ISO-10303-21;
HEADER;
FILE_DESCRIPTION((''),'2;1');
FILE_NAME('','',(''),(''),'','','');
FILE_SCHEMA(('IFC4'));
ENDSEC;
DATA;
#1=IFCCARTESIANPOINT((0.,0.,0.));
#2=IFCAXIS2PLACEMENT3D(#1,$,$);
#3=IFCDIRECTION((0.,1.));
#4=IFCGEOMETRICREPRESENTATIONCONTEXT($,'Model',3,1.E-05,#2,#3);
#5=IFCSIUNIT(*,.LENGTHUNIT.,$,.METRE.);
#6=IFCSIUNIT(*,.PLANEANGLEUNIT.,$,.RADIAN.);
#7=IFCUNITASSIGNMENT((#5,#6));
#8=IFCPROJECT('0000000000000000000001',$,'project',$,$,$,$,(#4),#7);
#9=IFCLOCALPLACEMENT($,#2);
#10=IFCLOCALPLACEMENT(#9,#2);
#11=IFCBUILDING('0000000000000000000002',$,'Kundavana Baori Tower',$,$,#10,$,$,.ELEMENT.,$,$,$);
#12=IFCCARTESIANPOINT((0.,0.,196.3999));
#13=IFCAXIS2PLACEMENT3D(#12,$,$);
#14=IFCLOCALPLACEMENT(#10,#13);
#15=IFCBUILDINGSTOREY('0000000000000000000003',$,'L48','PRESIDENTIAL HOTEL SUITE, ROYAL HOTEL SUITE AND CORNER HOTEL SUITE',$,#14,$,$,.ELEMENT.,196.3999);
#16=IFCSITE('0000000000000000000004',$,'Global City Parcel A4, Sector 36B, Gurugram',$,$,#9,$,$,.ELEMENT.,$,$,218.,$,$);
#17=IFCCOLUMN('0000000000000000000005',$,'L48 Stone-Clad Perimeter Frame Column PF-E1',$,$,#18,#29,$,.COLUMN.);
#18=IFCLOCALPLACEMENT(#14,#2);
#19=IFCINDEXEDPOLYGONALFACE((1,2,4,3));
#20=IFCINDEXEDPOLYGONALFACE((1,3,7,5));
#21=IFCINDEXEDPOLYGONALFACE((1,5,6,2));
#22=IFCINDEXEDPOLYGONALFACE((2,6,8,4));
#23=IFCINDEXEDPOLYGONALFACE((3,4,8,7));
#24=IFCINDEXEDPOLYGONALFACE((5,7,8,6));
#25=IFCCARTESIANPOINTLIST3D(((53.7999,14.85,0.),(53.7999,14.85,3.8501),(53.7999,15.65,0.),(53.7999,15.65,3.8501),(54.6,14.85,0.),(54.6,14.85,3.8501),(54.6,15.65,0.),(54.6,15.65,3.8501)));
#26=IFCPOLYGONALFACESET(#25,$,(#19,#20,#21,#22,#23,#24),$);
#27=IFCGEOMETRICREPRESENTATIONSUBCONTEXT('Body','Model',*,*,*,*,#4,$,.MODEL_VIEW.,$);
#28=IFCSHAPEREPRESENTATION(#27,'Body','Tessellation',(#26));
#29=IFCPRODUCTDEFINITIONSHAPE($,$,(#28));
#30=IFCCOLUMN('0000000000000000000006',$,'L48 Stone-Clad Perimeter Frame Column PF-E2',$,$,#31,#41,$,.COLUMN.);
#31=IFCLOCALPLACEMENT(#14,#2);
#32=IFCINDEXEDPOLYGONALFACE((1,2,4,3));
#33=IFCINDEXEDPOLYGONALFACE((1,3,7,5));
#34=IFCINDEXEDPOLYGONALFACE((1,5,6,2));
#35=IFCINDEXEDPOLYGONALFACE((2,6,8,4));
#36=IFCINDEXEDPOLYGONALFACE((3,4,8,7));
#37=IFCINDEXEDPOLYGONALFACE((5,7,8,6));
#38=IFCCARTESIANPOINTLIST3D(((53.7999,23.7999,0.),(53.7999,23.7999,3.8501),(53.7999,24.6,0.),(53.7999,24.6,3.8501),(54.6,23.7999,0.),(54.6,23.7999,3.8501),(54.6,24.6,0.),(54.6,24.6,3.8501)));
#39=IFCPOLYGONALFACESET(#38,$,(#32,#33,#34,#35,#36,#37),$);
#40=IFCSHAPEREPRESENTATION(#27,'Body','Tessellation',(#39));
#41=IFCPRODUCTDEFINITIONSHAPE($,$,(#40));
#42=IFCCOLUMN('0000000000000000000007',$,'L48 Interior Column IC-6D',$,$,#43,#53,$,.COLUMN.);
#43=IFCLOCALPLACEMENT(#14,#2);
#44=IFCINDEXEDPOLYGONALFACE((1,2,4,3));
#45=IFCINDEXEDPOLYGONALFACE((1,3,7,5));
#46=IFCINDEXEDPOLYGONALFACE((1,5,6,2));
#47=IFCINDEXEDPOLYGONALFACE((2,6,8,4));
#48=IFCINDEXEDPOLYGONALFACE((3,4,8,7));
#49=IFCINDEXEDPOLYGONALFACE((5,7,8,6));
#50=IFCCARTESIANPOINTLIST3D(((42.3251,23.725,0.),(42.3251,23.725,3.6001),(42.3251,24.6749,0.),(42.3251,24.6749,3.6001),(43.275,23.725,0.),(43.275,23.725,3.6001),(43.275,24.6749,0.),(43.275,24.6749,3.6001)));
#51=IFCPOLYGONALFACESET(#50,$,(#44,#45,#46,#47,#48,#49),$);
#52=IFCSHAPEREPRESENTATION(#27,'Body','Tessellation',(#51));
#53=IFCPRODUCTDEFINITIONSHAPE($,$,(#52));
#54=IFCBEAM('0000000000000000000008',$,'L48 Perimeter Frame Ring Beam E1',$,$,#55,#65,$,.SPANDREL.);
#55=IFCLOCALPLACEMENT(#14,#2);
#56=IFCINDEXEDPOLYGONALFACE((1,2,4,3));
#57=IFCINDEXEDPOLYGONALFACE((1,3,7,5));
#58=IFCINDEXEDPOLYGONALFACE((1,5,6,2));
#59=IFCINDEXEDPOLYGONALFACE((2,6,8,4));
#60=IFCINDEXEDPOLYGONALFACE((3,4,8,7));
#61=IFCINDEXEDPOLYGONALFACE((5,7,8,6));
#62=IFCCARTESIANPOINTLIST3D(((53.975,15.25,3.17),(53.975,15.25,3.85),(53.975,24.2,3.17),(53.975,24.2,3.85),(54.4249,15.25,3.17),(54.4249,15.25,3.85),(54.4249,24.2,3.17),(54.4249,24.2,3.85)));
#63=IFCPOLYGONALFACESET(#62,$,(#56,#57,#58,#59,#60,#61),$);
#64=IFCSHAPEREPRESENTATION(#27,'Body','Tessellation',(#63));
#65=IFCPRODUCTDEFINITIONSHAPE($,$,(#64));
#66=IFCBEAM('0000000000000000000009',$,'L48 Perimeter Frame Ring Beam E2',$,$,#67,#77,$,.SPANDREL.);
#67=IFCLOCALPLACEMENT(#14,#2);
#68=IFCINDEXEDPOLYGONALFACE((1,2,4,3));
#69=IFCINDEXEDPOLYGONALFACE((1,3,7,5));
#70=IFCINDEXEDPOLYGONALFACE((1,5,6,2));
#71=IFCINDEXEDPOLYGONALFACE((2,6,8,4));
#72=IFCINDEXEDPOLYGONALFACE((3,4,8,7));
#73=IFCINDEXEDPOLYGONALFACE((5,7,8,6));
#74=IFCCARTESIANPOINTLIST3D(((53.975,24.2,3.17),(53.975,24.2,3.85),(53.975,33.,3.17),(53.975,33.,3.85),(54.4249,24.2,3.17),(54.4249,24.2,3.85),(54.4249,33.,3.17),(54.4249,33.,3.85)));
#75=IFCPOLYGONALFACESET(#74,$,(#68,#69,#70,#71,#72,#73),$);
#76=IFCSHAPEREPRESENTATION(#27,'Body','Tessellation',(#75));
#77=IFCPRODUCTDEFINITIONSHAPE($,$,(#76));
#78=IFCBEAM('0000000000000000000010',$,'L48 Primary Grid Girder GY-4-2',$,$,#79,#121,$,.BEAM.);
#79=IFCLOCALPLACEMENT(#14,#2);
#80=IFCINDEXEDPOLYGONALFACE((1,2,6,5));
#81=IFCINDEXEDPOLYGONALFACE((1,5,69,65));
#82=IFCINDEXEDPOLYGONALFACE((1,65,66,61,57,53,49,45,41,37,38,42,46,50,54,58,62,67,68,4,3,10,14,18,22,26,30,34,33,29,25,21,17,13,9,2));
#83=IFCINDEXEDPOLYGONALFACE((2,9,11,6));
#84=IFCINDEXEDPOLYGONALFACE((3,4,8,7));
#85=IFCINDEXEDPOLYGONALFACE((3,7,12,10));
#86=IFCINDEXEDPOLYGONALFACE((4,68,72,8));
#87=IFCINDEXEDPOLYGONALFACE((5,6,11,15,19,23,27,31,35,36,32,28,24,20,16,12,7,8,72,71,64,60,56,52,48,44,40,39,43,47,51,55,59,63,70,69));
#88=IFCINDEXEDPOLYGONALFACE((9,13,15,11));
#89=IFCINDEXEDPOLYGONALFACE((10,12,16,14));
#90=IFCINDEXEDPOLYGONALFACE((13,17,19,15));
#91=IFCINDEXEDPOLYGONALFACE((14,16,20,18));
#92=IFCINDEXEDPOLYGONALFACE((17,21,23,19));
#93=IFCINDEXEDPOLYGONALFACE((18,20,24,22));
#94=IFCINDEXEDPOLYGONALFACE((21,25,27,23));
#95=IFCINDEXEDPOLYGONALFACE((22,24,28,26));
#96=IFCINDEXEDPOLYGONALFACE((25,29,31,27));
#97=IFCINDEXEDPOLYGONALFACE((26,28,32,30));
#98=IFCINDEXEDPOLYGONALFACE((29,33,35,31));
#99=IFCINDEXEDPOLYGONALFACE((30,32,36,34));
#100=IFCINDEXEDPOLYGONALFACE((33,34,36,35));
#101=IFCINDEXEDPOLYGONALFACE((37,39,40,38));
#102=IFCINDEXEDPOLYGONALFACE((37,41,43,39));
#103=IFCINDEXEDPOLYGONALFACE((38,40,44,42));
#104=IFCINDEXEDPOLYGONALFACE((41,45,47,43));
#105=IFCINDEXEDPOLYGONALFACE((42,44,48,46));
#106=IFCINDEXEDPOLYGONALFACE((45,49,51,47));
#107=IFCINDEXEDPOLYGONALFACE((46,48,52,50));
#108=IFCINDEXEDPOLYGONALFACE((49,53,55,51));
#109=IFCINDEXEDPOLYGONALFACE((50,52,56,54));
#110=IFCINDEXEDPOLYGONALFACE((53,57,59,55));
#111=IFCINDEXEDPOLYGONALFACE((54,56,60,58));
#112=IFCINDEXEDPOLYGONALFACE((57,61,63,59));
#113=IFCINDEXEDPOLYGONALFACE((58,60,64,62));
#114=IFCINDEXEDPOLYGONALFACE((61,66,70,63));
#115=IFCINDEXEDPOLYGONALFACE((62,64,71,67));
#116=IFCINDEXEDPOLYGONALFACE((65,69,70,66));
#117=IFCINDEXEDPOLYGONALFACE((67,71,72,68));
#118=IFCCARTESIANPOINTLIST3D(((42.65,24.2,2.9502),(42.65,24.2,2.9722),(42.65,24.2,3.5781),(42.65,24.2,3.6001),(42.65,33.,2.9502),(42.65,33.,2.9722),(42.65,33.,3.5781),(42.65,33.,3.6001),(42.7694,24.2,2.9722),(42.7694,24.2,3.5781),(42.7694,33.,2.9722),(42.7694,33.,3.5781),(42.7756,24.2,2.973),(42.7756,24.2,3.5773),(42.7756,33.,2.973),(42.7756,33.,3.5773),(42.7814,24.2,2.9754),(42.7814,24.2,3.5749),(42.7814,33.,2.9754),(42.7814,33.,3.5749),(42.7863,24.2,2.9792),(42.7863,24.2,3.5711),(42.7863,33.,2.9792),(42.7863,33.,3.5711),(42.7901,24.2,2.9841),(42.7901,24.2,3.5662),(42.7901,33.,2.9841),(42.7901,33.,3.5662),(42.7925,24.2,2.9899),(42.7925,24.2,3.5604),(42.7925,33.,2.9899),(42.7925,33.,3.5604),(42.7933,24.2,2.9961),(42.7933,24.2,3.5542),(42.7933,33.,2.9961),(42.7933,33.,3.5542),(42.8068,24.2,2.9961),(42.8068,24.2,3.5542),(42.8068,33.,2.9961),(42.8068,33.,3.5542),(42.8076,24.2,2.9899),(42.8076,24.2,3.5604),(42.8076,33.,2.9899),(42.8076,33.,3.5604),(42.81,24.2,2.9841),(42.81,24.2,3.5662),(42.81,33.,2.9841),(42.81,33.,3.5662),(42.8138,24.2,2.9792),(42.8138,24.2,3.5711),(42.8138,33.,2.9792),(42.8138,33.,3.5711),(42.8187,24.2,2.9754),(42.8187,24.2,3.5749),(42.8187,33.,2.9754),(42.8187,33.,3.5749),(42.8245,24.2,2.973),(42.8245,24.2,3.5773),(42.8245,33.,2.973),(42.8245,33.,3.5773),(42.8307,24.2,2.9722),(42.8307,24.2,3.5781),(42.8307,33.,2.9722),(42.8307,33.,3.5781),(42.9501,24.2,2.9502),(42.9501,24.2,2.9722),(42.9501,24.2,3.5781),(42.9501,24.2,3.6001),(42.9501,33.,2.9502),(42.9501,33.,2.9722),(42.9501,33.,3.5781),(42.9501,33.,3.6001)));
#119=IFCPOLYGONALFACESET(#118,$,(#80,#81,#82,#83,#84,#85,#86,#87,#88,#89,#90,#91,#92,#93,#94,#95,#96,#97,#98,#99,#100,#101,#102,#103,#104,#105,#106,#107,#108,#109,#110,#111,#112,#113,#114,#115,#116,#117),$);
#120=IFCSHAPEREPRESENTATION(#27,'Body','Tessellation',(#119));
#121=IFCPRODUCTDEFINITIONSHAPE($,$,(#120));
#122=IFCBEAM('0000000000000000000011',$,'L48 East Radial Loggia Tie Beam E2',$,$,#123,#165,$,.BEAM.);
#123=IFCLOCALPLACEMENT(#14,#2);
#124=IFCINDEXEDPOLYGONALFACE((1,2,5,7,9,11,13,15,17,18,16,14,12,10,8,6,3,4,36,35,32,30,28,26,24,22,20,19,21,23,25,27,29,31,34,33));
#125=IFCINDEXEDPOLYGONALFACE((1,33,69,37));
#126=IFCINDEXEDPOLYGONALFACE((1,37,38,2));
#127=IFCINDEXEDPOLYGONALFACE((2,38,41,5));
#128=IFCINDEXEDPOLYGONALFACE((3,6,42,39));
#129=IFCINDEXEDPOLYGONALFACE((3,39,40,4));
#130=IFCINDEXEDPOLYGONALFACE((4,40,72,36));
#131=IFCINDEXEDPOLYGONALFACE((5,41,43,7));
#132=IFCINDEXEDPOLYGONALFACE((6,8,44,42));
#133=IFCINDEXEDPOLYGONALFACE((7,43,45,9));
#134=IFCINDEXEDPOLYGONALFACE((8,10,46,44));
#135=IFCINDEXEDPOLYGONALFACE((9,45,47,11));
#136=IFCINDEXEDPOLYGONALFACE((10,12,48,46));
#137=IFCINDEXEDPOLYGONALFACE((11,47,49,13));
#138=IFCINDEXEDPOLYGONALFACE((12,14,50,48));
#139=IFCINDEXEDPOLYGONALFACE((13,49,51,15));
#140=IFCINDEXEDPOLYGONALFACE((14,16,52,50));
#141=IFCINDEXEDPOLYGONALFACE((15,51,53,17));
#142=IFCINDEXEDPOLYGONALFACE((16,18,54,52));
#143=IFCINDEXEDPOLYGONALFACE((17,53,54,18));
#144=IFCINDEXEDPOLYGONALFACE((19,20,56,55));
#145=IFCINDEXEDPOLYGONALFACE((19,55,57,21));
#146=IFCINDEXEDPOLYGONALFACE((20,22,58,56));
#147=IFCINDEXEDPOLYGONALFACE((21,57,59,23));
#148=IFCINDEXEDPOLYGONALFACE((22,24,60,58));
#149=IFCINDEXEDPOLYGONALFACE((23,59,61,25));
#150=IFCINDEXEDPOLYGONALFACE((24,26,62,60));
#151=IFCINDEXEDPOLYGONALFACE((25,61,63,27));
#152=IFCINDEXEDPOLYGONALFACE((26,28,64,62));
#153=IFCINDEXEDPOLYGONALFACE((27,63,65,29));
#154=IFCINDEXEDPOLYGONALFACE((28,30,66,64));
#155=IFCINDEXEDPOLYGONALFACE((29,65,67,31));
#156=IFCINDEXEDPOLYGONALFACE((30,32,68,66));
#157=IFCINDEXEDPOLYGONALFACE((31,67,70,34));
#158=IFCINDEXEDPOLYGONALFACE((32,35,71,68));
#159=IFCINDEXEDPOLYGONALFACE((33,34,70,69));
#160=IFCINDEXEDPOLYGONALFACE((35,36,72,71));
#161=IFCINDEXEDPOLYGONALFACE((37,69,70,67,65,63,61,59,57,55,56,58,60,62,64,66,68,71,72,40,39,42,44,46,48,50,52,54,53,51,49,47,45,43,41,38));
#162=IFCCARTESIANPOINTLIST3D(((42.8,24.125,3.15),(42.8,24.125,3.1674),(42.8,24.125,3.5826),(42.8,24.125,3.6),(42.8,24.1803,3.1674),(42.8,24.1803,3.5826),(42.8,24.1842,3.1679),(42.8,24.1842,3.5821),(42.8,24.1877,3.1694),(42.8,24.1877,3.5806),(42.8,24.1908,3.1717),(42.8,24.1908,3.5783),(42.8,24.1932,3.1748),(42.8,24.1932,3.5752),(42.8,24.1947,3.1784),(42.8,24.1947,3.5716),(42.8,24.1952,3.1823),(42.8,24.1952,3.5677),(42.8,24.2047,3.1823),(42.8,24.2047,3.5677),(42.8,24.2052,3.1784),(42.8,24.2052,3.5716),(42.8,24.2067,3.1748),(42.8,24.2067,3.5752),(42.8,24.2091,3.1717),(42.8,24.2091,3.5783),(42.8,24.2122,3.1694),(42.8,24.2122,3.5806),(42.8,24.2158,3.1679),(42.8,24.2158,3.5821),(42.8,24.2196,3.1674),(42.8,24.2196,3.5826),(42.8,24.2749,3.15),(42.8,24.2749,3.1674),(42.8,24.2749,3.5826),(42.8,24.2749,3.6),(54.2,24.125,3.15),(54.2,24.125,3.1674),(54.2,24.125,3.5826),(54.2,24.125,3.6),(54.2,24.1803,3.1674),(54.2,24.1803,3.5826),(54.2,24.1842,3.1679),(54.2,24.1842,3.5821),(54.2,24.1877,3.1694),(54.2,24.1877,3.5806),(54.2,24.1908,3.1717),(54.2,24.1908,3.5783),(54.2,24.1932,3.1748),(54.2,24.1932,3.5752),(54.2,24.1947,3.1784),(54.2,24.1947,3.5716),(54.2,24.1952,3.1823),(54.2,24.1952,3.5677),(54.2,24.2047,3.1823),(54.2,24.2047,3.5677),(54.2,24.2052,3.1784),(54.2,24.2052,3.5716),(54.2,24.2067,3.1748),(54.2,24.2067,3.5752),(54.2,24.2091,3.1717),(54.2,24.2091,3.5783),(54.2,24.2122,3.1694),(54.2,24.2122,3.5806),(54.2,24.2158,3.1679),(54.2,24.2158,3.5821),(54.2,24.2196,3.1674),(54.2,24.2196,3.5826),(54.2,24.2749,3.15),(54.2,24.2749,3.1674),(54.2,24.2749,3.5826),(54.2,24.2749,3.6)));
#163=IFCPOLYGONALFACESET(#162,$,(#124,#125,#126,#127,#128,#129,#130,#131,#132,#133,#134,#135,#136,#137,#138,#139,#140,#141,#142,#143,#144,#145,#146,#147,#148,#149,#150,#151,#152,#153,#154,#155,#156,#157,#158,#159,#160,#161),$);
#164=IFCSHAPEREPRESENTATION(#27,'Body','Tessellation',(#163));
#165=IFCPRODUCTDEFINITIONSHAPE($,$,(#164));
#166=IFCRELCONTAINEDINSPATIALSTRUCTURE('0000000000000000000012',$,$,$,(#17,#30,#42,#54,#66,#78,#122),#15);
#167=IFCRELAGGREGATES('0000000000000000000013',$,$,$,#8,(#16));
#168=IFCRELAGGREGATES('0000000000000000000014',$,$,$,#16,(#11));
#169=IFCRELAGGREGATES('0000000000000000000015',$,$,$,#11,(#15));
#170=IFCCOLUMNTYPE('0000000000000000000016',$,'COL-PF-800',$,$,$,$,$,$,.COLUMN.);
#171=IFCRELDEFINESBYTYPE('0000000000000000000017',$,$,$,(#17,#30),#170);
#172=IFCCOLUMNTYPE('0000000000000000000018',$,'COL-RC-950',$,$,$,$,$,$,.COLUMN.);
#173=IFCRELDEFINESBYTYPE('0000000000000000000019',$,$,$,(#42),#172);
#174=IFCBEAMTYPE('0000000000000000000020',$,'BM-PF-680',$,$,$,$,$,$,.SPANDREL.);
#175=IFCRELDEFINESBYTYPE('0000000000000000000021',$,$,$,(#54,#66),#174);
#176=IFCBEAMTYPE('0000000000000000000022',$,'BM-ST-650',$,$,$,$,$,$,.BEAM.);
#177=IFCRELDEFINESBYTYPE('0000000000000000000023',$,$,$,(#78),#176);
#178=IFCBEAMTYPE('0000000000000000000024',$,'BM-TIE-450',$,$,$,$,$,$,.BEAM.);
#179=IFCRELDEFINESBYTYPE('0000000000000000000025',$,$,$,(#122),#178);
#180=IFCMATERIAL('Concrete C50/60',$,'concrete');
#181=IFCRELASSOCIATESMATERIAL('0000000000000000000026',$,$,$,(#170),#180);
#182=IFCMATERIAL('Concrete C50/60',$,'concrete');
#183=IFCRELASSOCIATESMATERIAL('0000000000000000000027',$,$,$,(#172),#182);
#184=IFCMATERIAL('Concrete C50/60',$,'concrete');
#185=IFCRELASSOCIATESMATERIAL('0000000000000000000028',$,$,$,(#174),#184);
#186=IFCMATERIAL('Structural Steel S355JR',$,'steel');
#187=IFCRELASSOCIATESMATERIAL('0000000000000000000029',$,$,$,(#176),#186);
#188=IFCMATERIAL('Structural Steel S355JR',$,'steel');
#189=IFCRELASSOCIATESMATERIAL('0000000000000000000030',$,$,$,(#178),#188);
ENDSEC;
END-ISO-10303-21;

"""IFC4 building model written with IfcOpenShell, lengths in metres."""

from ifc_helpers import new_model, si_unit, direction, frame, origin, origin_2d, place, context, subcontext, project, spatial, rectangle, i_section, extrude, material, material_profile, profile_set, type_object, element, save


model = new_model("IFC4")

# Units and contexts
model_context = context("Model", 3, precision=1e-05, world=origin(), true_north=direction((0.0, 1.0)))
body_context = subcontext(model_context, "Body", "Model", "MODEL_VIEW")
ifc_project = project(units=[si_unit("LENGTHUNIT", "METRE"), si_unit("PLANEANGLEUNIT", "RADIAN")], contexts=[model_context])

# Site, building, storey
site_placement = place(None, origin())
site = spatial("IfcSite", under=ifc_project, at=site_placement, Name="Global City Parcel A4, Sector 36B, Gurugram", CompositionType="ELEMENT", RefElevation=218.0)
building_placement = place(site_placement, origin())
building = spatial("IfcBuilding", under=site, at=building_placement, Name="Kundavana Baori Tower", CompositionType="ELEMENT")
storey_placement = place(building_placement, frame((0.0, 0.0, 196.3999)))
storey = spatial("IfcBuildingStorey", under=building, at=storey_placement, Name="L48", Description="PRESIDENTIAL HOTEL SUITE, ROYAL HOTEL SUITE AND CORNER HOTEL SUITE", CompositionType="ELEMENT", Elevation=196.3999)

# Columns
ifc_material_1 = material(Name="Concrete C50/60", Category="concrete")
ifc_material_profile_1 = material_profile(ifc_material_1, rectangle(XDim=0.8, YDim=0.8, at=origin_2d()), Name="RC PF 800x800")
ifc_profile_set_1 = profile_set([ifc_material_profile_1], Name="Concrete C50/60")
column_type_1 = type_object("IfcColumnType", Name="COL-PF-800", PredefinedType="COLUMN", material=ifc_profile_set_1)
for number, where, z_axis, x_axis, name in (
    (1, (54.2, 15.25, 0.0), (0.0, 0.0, 1.0), (1.0, 0.0, 0.0), "L48 Stone-Clad Perimeter Frame Column PF-E1"),
    (2, (54.2, 24.2, 0.0), (0.0, 0.0, 1.0), (1.0, 0.0, 0.0), "L48 Stone-Clad Perimeter Frame Column PF-E2"),
):
    element("IfcColumn", number, at=place(storey_placement, frame(where, z_axis=z_axis, x_axis=x_axis)), inside=storey, type_object=column_type_1, Name=name, PredefinedType="COLUMN", context=body_context, shape_type="SweptSolid", body=[
        extrude(rectangle(XDim=0.8, YDim=0.8, at=origin_2d()), origin(), (0.0, 0.0, 1.0), 3.8501),
    ])
ifc_material_2 = material(Name="Concrete C50/60", Category="concrete")
ifc_material_profile_2 = material_profile(ifc_material_2, rectangle(XDim=0.95, YDim=0.95, at=origin_2d()), Name="RC 950x950")
ifc_profile_set_2 = profile_set([ifc_material_profile_2], Name="Concrete C50/60")
column_type_2 = type_object("IfcColumnType", Name="COL-RC-950", PredefinedType="COLUMN", material=ifc_profile_set_2)
column_placement = place(storey_placement, frame((42.8, 24.2, 0.0), z_axis=(0.0, 0.0, 1.0), x_axis=(1.0, 0.0, 0.0)))
element("IfcColumn", 3, at=column_placement, inside=storey, type_object=column_type_2, Name="L48 Interior Column IC-6D", PredefinedType="COLUMN", context=body_context, shape_type="SweptSolid", body=[
    extrude(rectangle(XDim=0.95, YDim=0.95, at=origin_2d()), origin(), (0.0, 0.0, 1.0), 3.6001),
])

# Beams
ifc_material_3 = material(Name="Concrete C50/60", Category="concrete")
ifc_material_profile_3 = material_profile(ifc_material_3, rectangle(XDim=0.45, YDim=0.6799, at=origin_2d()), Name="RC BM 450x680")
ifc_profile_set_3 = profile_set([ifc_material_profile_3], Name="Concrete C50/60")
beam_type_1 = type_object("IfcBeamType", Name="BM-PF-680", PredefinedType="SPANDREL", material=ifc_profile_set_3)
beam_1_placement = place(storey_placement, frame((54.2, 15.25, 3.51), z_axis=(0.0, 1.0, 0.0), x_axis=(-1.0, 0.0, 0.0)))
element("IfcBeam", 4, at=beam_1_placement, inside=storey, type_object=beam_type_1, Name="L48 Perimeter Frame Ring Beam E1", PredefinedType="SPANDREL", context=body_context, shape_type="SweptSolid", body=[
    extrude(rectangle(XDim=0.45, YDim=0.6799, at=origin_2d()), origin(), (0.0, 0.0, 1.0), 8.95),
])
beam_2_placement = place(storey_placement, frame((54.2, 24.2, 3.51), z_axis=(0.0, 1.0, 0.0), x_axis=(-1.0, 0.0, 0.0)))
element("IfcBeam", 5, at=beam_2_placement, inside=storey, type_object=beam_type_1, Name="L48 Perimeter Frame Ring Beam E2", PredefinedType="SPANDREL", context=body_context, shape_type="SweptSolid", body=[
    extrude(rectangle(XDim=0.45, YDim=0.6799, at=origin_2d()), origin(), (0.0, 0.0, 1.0), 8.8),
])
ifc_material_4 = material(Name="Structural Steel S355JR", Category="steel")
ifc_material_profile_4 = material_profile(ifc_material_4, i_section(OverallWidth=0.3, OverallDepth=0.6499, WebThickness=0.0134, FlangeThickness=0.022, FilletRadius=0.0239, at=origin_2d()), Name="NPB 650x300x155")
ifc_profile_set_4 = profile_set([ifc_material_profile_4], Name="Structural Steel S355JR")
beam_type_2 = type_object("IfcBeamType", Name="BM-ST-650", PredefinedType="BEAM", material=ifc_profile_set_4)
beam_3_placement = place(storey_placement, frame((42.8, 24.2, 3.2751), z_axis=(0.0, 1.0, 0.0), x_axis=(-1.0, 0.0, 0.0)))
element("IfcBeam", 6, at=beam_3_placement, inside=storey, type_object=beam_type_2, Name="L48 Primary Grid Girder GY-4-2", PredefinedType="BEAM", context=body_context, shape_type="SweptSolid", body=[
    extrude(i_section(OverallWidth=0.3, OverallDepth=0.6499, WebThickness=0.0134, FlangeThickness=0.022, FilletRadius=0.0239, at=origin_2d()), origin(), (0.0, 0.0, 1.0), 8.8),
])
ifc_material_5 = material(Name="Structural Steel S355JR", Category="steel")
ifc_material_profile_5 = material_profile(ifc_material_5, i_section(OverallWidth=0.1499, OverallDepth=0.45, WebThickness=0.0095, FlangeThickness=0.0173, FilletRadius=0.0149, at=origin_2d()), Name="ISMB 450")
ifc_profile_set_5 = profile_set([ifc_material_profile_5], Name="Structural Steel S355JR")
beam_type_3 = type_object("IfcBeamType", Name="BM-TIE-450", PredefinedType="BEAM", material=ifc_profile_set_5)
beam_4_placement = place(storey_placement, frame((42.8, 24.2, 3.375), z_axis=(1.0, 0.0, 0.0), x_axis=(0.0, 1.0, 0.0)))
element("IfcBeam", 7, at=beam_4_placement, inside=storey, type_object=beam_type_3, Name="L48 East Radial Loggia Tie Beam E2", PredefinedType="BEAM", context=body_context, shape_type="SweptSolid", body=[
    extrude(i_section(OverallWidth=0.1499, OverallDepth=0.45, WebThickness=0.0095, FlangeThickness=0.0173, FilletRadius=0.0149, at=origin_2d()), origin(), (0.0, 0.0, 1.0), 11.3999),
])

save(model, "model.ifc")
